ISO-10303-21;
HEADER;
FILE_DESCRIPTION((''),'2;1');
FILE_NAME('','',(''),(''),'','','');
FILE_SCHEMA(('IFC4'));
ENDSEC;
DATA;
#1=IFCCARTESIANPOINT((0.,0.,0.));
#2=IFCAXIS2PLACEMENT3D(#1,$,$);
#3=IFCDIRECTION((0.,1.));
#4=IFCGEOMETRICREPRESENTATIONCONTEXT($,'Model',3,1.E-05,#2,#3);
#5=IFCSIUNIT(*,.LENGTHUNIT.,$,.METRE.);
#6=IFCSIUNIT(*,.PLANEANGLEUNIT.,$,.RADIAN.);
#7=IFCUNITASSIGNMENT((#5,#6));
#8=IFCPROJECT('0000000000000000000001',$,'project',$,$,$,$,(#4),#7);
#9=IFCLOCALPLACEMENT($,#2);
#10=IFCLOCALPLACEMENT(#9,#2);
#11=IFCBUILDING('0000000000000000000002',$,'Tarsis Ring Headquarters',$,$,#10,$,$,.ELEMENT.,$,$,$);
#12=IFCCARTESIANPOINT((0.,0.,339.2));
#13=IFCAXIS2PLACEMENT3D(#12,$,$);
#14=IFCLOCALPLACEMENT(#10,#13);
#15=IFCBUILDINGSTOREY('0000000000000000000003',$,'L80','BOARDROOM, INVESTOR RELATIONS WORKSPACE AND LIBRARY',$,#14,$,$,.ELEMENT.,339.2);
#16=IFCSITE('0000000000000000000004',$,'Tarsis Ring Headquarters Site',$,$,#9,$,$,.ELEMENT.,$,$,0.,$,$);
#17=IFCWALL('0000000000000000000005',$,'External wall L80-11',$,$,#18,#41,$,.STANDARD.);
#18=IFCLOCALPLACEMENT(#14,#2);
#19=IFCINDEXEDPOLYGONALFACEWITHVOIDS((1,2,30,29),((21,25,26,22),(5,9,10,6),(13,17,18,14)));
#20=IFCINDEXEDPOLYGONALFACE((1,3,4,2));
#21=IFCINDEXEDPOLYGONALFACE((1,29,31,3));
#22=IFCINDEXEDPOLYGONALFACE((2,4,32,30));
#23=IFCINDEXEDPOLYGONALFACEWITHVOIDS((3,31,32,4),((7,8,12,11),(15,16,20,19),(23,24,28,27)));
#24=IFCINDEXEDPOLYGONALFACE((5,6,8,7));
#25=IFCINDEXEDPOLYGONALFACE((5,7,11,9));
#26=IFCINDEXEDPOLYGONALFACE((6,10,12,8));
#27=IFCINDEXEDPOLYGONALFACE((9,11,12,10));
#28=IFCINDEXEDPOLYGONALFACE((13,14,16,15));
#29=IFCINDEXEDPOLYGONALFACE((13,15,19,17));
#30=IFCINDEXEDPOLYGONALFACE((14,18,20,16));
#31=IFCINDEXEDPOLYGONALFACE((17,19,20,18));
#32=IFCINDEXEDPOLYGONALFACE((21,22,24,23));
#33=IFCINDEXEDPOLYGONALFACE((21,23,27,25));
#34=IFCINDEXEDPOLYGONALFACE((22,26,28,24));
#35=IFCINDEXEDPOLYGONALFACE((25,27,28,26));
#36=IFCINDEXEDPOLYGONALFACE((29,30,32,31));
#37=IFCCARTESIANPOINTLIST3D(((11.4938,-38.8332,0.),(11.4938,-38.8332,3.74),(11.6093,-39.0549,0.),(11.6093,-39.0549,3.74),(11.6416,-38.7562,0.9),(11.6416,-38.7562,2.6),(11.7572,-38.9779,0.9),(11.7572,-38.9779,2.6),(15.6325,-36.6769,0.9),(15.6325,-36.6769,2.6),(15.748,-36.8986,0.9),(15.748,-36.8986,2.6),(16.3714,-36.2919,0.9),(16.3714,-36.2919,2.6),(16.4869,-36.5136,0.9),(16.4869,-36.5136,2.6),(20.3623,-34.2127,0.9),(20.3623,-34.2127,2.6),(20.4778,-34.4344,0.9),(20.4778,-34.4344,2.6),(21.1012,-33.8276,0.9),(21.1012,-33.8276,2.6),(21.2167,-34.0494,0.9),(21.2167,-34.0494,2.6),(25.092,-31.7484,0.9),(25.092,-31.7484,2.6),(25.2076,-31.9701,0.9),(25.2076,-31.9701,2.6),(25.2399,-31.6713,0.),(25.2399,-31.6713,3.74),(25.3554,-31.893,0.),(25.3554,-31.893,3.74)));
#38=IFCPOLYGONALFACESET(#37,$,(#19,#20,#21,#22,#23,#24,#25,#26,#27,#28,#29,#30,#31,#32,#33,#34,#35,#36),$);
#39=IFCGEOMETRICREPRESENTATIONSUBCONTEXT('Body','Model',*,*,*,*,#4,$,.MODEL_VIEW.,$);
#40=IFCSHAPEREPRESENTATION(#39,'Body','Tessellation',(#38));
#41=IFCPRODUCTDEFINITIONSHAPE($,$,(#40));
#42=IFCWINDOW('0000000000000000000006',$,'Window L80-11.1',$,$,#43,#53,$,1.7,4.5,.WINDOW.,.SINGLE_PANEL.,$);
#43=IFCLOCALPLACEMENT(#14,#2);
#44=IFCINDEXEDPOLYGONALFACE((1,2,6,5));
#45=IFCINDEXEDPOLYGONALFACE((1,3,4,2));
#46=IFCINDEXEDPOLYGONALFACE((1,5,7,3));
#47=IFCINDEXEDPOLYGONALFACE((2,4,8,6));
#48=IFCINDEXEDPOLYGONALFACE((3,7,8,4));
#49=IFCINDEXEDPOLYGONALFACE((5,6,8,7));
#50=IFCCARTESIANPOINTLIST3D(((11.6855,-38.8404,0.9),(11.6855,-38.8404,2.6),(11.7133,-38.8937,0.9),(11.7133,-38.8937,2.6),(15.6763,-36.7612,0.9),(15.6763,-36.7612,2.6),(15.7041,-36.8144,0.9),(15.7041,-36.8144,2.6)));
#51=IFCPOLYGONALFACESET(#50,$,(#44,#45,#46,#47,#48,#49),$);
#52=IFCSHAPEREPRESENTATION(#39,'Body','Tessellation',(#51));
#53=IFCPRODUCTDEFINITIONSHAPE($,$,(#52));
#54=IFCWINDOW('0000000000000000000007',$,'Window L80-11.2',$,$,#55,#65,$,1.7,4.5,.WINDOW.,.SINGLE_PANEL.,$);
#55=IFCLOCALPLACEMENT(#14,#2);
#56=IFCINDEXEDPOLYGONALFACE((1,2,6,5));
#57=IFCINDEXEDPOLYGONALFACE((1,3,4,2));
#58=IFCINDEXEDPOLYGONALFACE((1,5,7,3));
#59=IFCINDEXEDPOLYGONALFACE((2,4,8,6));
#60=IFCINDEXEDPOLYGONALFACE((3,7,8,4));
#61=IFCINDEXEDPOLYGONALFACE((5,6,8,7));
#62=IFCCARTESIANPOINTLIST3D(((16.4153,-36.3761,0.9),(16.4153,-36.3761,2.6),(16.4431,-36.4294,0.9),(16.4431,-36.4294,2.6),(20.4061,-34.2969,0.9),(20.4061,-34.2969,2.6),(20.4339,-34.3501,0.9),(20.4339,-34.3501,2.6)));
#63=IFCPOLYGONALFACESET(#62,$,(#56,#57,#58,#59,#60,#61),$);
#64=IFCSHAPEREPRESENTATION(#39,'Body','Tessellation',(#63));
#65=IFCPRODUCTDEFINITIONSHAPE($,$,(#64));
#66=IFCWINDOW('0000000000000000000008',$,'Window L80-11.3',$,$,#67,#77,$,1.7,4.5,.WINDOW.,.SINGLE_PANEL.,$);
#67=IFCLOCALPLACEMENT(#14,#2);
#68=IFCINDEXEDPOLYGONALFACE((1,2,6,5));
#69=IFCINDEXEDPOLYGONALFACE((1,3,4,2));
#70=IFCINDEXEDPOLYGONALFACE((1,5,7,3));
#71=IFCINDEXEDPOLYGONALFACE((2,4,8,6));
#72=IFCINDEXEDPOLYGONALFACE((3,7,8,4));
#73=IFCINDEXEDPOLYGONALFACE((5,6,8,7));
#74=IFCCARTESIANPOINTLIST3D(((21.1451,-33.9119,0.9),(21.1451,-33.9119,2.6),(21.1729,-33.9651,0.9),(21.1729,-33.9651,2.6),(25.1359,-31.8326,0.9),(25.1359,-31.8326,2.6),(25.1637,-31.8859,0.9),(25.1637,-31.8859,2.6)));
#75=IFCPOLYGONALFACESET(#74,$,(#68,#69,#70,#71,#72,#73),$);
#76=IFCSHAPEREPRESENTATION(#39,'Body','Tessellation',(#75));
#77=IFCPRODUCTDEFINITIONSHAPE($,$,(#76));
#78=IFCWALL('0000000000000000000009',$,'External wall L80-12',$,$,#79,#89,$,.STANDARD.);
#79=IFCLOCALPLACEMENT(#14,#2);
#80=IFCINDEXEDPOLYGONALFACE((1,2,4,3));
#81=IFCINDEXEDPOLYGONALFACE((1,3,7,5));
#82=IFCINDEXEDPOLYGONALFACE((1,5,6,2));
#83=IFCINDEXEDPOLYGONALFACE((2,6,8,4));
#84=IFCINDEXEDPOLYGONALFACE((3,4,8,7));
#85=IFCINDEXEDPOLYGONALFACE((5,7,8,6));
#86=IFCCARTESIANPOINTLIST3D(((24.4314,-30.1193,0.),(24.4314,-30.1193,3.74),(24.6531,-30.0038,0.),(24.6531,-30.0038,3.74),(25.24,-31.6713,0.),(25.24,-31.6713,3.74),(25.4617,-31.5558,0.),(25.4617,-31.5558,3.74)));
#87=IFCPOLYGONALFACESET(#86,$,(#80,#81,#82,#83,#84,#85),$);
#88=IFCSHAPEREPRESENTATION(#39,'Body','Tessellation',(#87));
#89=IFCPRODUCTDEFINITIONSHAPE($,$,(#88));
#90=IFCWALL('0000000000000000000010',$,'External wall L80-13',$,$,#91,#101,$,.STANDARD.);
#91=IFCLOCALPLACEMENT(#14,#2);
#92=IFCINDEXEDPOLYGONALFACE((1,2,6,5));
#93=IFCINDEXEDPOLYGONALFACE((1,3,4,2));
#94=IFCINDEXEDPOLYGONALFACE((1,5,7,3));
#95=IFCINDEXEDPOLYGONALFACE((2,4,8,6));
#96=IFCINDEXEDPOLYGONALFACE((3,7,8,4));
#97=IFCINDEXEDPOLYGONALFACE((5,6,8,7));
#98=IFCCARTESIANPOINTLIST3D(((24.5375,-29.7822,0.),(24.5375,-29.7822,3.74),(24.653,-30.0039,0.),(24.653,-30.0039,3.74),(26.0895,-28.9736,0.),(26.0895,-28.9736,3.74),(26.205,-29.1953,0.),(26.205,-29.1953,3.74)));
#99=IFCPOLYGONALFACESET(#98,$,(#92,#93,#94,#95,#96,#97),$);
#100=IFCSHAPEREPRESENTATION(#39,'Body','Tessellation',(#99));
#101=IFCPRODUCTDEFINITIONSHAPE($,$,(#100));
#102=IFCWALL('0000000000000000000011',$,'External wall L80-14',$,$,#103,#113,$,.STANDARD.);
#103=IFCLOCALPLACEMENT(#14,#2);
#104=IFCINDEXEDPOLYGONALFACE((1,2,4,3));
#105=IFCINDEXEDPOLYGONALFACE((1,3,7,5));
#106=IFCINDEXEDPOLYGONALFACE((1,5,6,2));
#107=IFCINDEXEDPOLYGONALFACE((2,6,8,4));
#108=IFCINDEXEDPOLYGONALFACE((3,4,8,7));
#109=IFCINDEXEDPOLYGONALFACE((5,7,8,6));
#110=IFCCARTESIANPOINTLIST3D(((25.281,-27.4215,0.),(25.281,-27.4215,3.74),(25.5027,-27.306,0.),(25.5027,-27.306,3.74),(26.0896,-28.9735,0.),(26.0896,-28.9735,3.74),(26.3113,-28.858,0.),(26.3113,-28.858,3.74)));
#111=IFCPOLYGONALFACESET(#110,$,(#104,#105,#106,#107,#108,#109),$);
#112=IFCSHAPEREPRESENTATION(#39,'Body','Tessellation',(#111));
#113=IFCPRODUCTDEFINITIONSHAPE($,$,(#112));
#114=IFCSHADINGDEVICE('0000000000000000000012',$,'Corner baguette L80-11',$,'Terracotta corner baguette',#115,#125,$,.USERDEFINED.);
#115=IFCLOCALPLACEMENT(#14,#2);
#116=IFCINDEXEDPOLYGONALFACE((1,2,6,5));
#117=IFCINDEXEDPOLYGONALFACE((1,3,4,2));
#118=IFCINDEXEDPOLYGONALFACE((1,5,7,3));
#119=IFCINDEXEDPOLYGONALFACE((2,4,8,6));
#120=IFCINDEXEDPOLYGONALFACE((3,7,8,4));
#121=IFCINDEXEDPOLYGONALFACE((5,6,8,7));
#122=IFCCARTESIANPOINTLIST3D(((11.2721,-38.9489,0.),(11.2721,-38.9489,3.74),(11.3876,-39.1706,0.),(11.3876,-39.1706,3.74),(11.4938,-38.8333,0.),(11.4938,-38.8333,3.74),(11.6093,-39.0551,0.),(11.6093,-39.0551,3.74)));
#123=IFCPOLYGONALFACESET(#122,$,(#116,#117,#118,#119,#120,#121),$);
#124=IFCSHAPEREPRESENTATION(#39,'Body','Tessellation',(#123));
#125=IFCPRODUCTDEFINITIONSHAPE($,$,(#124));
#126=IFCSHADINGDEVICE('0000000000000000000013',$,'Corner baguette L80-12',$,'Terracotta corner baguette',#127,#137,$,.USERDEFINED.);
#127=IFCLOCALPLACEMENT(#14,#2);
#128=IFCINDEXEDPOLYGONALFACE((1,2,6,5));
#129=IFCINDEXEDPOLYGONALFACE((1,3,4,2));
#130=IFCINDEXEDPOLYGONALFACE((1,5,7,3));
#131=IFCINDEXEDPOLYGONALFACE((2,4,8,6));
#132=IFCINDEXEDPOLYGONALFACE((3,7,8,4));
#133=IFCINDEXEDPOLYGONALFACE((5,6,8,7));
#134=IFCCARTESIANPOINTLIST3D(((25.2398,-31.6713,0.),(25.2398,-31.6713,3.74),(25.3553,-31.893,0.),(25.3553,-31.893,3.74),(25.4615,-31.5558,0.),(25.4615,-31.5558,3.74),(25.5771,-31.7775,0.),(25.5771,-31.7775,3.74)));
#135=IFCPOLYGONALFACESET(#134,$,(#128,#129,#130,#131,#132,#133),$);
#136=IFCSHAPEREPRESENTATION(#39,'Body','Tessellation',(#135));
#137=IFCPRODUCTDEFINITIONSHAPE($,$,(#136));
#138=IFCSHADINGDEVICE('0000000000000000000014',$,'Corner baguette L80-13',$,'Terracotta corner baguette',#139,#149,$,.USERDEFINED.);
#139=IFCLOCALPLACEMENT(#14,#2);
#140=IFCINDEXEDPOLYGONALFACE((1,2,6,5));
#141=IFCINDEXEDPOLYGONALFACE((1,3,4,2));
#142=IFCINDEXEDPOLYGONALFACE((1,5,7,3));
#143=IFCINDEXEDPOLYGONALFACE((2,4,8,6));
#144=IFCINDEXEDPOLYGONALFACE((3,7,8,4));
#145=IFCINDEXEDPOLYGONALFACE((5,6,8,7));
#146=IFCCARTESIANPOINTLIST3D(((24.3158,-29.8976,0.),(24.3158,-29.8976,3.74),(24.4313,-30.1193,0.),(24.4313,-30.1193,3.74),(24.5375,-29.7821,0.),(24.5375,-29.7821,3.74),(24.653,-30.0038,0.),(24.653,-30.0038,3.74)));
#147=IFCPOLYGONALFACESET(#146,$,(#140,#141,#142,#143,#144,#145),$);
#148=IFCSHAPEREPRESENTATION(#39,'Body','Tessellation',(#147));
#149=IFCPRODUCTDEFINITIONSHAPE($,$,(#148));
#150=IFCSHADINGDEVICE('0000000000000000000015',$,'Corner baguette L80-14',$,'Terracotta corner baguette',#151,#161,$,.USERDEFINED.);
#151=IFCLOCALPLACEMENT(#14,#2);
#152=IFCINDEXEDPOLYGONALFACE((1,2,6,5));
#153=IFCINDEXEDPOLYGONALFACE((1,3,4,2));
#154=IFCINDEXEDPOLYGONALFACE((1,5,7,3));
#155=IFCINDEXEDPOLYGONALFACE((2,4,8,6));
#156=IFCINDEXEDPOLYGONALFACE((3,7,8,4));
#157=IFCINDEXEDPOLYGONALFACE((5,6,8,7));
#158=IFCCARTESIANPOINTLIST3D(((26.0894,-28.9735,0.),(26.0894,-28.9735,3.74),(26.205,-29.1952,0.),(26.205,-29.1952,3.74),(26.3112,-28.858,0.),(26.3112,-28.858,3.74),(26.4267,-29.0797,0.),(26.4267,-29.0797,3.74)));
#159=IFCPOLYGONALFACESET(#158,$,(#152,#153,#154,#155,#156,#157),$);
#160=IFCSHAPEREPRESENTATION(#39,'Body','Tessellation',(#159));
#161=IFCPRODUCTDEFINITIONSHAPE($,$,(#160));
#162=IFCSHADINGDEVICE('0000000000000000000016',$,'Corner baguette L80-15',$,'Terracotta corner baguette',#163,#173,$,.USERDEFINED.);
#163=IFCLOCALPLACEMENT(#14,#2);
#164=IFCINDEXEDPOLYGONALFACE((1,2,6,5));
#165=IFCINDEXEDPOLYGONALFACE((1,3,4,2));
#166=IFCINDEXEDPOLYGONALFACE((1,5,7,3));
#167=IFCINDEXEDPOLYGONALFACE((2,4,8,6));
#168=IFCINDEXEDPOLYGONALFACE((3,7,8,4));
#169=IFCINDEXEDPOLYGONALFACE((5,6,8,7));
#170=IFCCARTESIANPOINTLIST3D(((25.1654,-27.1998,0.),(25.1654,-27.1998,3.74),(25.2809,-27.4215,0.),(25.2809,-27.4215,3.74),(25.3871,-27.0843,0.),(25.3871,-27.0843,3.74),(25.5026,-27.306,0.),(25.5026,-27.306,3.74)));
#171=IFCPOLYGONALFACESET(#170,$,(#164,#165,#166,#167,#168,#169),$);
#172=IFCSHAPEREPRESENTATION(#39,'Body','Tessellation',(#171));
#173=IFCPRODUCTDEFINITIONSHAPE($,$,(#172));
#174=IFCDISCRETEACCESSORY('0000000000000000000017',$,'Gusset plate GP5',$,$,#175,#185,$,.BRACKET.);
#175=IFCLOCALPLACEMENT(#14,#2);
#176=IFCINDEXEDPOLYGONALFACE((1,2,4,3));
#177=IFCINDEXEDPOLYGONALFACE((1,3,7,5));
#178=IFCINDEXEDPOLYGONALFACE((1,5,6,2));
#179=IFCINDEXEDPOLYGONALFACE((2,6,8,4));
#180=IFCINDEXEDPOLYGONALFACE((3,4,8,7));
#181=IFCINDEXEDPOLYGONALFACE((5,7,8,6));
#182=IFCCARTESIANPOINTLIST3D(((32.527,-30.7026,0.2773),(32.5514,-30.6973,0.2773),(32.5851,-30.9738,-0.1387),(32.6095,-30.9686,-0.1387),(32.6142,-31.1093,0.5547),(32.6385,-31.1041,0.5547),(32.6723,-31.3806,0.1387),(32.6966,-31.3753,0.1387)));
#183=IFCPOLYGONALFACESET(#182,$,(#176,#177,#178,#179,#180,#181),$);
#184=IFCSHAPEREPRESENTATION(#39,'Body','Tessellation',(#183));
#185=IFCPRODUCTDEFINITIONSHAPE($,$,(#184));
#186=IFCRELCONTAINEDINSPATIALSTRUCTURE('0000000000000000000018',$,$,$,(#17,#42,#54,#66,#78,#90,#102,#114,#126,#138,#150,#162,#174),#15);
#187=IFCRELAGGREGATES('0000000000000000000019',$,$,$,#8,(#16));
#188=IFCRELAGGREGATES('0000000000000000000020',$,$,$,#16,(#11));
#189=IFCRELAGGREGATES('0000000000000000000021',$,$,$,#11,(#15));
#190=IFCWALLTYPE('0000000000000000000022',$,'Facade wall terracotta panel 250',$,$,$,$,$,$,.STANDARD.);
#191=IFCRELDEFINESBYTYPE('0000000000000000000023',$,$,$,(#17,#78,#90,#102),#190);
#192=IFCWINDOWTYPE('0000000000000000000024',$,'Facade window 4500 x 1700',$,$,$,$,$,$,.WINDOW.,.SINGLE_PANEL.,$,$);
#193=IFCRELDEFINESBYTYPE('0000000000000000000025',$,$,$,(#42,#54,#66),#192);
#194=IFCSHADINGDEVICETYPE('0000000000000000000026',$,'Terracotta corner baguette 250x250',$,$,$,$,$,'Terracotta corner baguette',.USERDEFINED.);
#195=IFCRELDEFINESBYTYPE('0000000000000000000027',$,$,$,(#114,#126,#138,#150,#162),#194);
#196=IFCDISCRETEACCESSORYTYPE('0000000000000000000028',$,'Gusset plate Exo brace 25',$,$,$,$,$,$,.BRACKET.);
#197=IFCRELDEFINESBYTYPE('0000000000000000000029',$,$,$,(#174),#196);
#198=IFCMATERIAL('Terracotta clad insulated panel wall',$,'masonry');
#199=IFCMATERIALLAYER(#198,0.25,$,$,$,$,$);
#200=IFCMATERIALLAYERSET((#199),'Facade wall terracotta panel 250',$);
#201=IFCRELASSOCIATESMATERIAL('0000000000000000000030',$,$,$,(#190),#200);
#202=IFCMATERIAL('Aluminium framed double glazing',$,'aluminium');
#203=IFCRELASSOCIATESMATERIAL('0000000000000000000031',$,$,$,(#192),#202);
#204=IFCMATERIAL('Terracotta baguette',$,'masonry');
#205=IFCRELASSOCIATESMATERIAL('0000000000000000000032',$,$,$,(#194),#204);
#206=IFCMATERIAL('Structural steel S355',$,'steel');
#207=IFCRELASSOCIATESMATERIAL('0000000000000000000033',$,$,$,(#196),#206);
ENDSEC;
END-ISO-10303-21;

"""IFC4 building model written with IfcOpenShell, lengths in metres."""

from ifc_helpers import new_model, si_unit, direction, frame, frame_2d, origin, origin_2d, place, context, subcontext, project, spatial, rectangle, extrude, material, layer, layer_set, material_profile, profile_set, type_object, element, fill, save


model = new_model("IFC4")

# Units and contexts
model_context = context("Model", 3, precision=1e-05, world=origin(), true_north=direction((0.0, 1.0)))
body_context = subcontext(model_context, "Body", "Model", "MODEL_VIEW")
ifc_project = project(units=[si_unit("LENGTHUNIT", "METRE"), si_unit("PLANEANGLEUNIT", "RADIAN")], contexts=[model_context])

# Site, building, storey
site_placement = place(None, origin())
site = spatial("IfcSite", under=ifc_project, at=site_placement, Name="Tarsis Ring Headquarters Site", CompositionType="ELEMENT", RefElevation=0.0)
building_placement = place(site_placement, origin())
building = spatial("IfcBuilding", under=site, at=building_placement, Name="Tarsis Ring Headquarters", CompositionType="ELEMENT")
storey_placement = place(building_placement, frame((0.0, 0.0, 339.2)))
storey = spatial("IfcBuildingStorey", under=building, at=storey_placement, Name="L80", Description="BOARDROOM, INVESTOR RELATIONS WORKSPACE AND LIBRARY", CompositionType="ELEMENT", Elevation=339.2)

# Shared definitions
ifc_material_1 = material(Name="Structural steel S355", Category="steel")

# Wall, openings, windows
ifc_material_2 = material(Name="Terracotta clad insulated panel wall", Category="masonry")
ifc_layer_1 = layer(ifc_material_2, 0.25)
ifc_layer_set_1 = layer_set([ifc_layer_1], Name="Facade wall terracotta panel 250")
wall_type_1 = type_object("IfcWallType", Name="Facade wall terracotta panel 250", PredefinedType="STANDARD", material=ifc_layer_set_1)
wall_1_placement = place(storey_placement, frame((11.5515, -38.9441, 0.0), z_axis=(0.0, 0.0, 1.0), x_axis=(0.88685, 0.462058, 0.0)))
wall_1 = element("IfcWall", 1, at=wall_1_placement, inside=storey, type_object=wall_type_1, Name="External wall L80-11", PredefinedType="STANDARD", context=body_context, shape_type="SweptSolid", body=[
    extrude(rectangle(XDim=15.5, YDim=0.25, at=frame_2d((7.75, 0.0))), origin(), (0.0, 0.0, 1.0), 3.74),
])
opening_1_placement = place(wall_1_placement, frame((0.1667, 0.0, 0.8999)))
opening_1 = element("IfcOpeningElement", 2, at=opening_1_placement, cuts=wall_1, PredefinedType="OPENING", context=body_context, shape_type="SweptSolid", body=[
    extrude(rectangle(XDim=4.5, YDim=1.7, at=frame_2d((2.25, 0.8501))), frame((0.0, 0.135, 0.0), z_axis=(0.0, -1.0, 0.0), x_axis=(1.0, 0.0, 0.0)), (0.0, 0.0, 1.0), 0.27),
])
opening_2_placement = place(wall_1_placement, frame((5.5, 0.0, 0.8999)))
opening_2 = element("IfcOpeningElement", 3, at=opening_2_placement, cuts=wall_1, PredefinedType="OPENING", context=body_context, shape_type="SweptSolid", body=[
    extrude(rectangle(XDim=4.5, YDim=1.7, at=frame_2d((2.25, 0.8501))), frame((0.0, 0.135, 0.0), z_axis=(0.0, -1.0, 0.0), x_axis=(1.0, 0.0, 0.0)), (0.0, 0.0, 1.0), 0.27),
])
opening_3_placement = place(wall_1_placement, frame((10.8333, 0.0, 0.8999)))
opening_3 = element("IfcOpeningElement", 4, at=opening_3_placement, cuts=wall_1, PredefinedType="OPENING", context=body_context, shape_type="SweptSolid", body=[
    extrude(rectangle(XDim=4.5, YDim=1.7, at=frame_2d((2.25, 0.8501))), frame((0.0, 0.135, 0.0), z_axis=(0.0, -1.0, 0.0), x_axis=(1.0, 0.0, 0.0)), (0.0, 0.0, 1.0), 0.27),
])
ifc_material_3 = material(Name="Aluminium framed double glazing", Category="aluminium")
window_type = type_object("IfcWindowType", Name="Facade window 4500 x 1700", PartitioningType="SINGLE_PANEL", PredefinedType="WINDOW", material=ifc_material_3)
window_1_placement = place(opening_1_placement, origin())
window_1 = element("IfcWindow", 5, at=window_1_placement, inside=storey, type_object=window_type, Name="Window L80-11.1", OverallHeight=1.7, OverallWidth=4.5, PartitioningType="SINGLE_PANEL", PredefinedType="WINDOW", context=body_context, shape_type="SweptSolid", body=[
    extrude(rectangle(XDim=4.5, YDim=1.7, at=frame_2d((2.25, 0.8501))), frame((0.0, 0.03, 0.0), z_axis=(0.0, -1.0, 0.0), x_axis=(1.0, 0.0, 0.0)), (0.0, 0.0, 1.0), 0.0601),
])
fill(opening_1, window_1)
window_2_placement = place(opening_2_placement, origin())
window_2 = element("IfcWindow", 6, at=window_2_placement, inside=storey, type_object=window_type, Name="Window L80-11.2", OverallHeight=1.7, OverallWidth=4.5, PartitioningType="SINGLE_PANEL", PredefinedType="WINDOW", context=body_context, shape_type="SweptSolid", body=[
    extrude(rectangle(XDim=4.5, YDim=1.7, at=frame_2d((2.25, 0.8501))), frame((0.0, 0.03, 0.0), z_axis=(0.0, -1.0, 0.0), x_axis=(1.0, 0.0, 0.0)), (0.0, 0.0, 1.0), 0.0601),
])
fill(opening_2, window_2)
window_3_placement = place(opening_3_placement, origin())
window_3 = element("IfcWindow", 7, at=window_3_placement, inside=storey, type_object=window_type, Name="Window L80-11.3", OverallHeight=1.7, OverallWidth=4.5, PartitioningType="SINGLE_PANEL", PredefinedType="WINDOW", context=body_context, shape_type="SweptSolid", body=[
    extrude(rectangle(XDim=4.5, YDim=1.7, at=frame_2d((2.25, 0.8501))), frame((0.0, 0.03, 0.0), z_axis=(0.0, -1.0, 0.0), x_axis=(1.0, 0.0, 0.0)), (0.0, 0.0, 1.0), 0.0601),
])
fill(opening_3, window_3)

# Walls
for number, where, z_axis, x_axis, name in (
    (8, (25.3508, -31.6135, 0.0), (0.0, 0.0, 1.0), (-0.462051, 0.886853, 0.0), "External wall L80-12"),
    (9, (24.5952, -29.8931, 0.0), (0.0, 0.0, 1.0), (0.886853, 0.462051, 0.0), "External wall L80-13"),
    (10, (26.2004, -28.9158, 0.0), (0.0, 0.0, 1.0), (-0.462051, 0.886853, 0.0), "External wall L80-14"),
):
    element("IfcWall", number, at=place(storey_placement, frame(where, z_axis=z_axis, x_axis=x_axis)), inside=storey, type_object=wall_type_1, Name=name, PredefinedType="STANDARD", context=body_context, shape_type="SweptSolid", body=[
        extrude(rectangle(XDim=1.75, YDim=0.25, at=frame_2d((0.875, 0.0))), origin(), (0.0, 0.0, 1.0), 3.74),
    ])

# Shading devices
ifc_material_4 = material(Name="Terracotta baguette", Category="masonry")
shading_device_type_1 = type_object("IfcShadingDeviceType", Name="Terracotta corner baguette 250x250", ElementType="Terracotta corner baguette", PredefinedType="USERDEFINED", material=ifc_material_4)
for number, where, z_axis, x_axis, name in (
    (11, (11.4407, -39.002, 0.0), (0.0, 0.0, 1.0), (0.462058, -0.88685, 0.0), "Corner baguette L80-11"),
    (12, (25.4084, -31.7244, 0.0), (0.0, 0.0, 1.0), (0.88685, 0.462058, 0.0), "Corner baguette L80-12"),
    (13, (24.4844, -29.9507, 0.0), (0.0, 0.0, 1.0), (-0.462058, 0.886849, 0.0), "Corner baguette L80-13"),
    (14, (26.2581, -29.0266, 0.0), (0.0, 0.0, 1.0), (0.88685, 0.462058, 0.0), "Corner baguette L80-14"),
    (15, (25.334, -27.2529, 0.0), (0.0, 0.0, 1.0), (-0.462058, 0.88685, 0.0), "Corner baguette L80-15"),
):
    element("IfcShadingDevice", number, at=place(storey_placement, frame(where, z_axis=z_axis, x_axis=x_axis)), inside=storey, type_object=shading_device_type_1, Name=name, ObjectType="Terracotta corner baguette", PredefinedType="USERDEFINED", context=body_context, shape_type="SweptSolid", body=[
        extrude(rectangle(XDim=0.25, YDim=0.25, at=origin_2d()), origin(), (0.0, 0.0, 1.0), 3.74),
    ])

# Discrete accessory
ifc_material_profile_1 = material_profile(ifc_material_1, rectangle(XDim=0.0249, YDim=0.5, at=origin_2d()), Name="PL 25x500")
ifc_profile_set_1 = profile_set([ifc_material_profile_1], Name="Structural steel S355")
discrete_accessory_type = type_object("IfcDiscreteAccessoryType", Name="Gusset plate Exo brace 25", PredefinedType="BRACKET", material=ifc_profile_set_1)
discrete_accessory_placement = place(storey_placement, frame((32.6409, -31.1746, 0.0), z_axis=(-0.116207, 0.542463, 0.832004), x_axis=(-0.977815, -0.209469, 0.0)))
element("IfcDiscreteAccessory", 16, at=discrete_accessory_placement, inside=storey, type_object=discrete_accessory_type, Name="Gusset plate GP5", PredefinedType="BRACKET", context=body_context, shape_type="SweptSolid", body=[
    extrude(rectangle(XDim=0.0249, YDim=0.5, at=origin_2d()), origin(), (0.0, 0.0, 1.0), 0.5),
])

save(model, "model.ifc")
